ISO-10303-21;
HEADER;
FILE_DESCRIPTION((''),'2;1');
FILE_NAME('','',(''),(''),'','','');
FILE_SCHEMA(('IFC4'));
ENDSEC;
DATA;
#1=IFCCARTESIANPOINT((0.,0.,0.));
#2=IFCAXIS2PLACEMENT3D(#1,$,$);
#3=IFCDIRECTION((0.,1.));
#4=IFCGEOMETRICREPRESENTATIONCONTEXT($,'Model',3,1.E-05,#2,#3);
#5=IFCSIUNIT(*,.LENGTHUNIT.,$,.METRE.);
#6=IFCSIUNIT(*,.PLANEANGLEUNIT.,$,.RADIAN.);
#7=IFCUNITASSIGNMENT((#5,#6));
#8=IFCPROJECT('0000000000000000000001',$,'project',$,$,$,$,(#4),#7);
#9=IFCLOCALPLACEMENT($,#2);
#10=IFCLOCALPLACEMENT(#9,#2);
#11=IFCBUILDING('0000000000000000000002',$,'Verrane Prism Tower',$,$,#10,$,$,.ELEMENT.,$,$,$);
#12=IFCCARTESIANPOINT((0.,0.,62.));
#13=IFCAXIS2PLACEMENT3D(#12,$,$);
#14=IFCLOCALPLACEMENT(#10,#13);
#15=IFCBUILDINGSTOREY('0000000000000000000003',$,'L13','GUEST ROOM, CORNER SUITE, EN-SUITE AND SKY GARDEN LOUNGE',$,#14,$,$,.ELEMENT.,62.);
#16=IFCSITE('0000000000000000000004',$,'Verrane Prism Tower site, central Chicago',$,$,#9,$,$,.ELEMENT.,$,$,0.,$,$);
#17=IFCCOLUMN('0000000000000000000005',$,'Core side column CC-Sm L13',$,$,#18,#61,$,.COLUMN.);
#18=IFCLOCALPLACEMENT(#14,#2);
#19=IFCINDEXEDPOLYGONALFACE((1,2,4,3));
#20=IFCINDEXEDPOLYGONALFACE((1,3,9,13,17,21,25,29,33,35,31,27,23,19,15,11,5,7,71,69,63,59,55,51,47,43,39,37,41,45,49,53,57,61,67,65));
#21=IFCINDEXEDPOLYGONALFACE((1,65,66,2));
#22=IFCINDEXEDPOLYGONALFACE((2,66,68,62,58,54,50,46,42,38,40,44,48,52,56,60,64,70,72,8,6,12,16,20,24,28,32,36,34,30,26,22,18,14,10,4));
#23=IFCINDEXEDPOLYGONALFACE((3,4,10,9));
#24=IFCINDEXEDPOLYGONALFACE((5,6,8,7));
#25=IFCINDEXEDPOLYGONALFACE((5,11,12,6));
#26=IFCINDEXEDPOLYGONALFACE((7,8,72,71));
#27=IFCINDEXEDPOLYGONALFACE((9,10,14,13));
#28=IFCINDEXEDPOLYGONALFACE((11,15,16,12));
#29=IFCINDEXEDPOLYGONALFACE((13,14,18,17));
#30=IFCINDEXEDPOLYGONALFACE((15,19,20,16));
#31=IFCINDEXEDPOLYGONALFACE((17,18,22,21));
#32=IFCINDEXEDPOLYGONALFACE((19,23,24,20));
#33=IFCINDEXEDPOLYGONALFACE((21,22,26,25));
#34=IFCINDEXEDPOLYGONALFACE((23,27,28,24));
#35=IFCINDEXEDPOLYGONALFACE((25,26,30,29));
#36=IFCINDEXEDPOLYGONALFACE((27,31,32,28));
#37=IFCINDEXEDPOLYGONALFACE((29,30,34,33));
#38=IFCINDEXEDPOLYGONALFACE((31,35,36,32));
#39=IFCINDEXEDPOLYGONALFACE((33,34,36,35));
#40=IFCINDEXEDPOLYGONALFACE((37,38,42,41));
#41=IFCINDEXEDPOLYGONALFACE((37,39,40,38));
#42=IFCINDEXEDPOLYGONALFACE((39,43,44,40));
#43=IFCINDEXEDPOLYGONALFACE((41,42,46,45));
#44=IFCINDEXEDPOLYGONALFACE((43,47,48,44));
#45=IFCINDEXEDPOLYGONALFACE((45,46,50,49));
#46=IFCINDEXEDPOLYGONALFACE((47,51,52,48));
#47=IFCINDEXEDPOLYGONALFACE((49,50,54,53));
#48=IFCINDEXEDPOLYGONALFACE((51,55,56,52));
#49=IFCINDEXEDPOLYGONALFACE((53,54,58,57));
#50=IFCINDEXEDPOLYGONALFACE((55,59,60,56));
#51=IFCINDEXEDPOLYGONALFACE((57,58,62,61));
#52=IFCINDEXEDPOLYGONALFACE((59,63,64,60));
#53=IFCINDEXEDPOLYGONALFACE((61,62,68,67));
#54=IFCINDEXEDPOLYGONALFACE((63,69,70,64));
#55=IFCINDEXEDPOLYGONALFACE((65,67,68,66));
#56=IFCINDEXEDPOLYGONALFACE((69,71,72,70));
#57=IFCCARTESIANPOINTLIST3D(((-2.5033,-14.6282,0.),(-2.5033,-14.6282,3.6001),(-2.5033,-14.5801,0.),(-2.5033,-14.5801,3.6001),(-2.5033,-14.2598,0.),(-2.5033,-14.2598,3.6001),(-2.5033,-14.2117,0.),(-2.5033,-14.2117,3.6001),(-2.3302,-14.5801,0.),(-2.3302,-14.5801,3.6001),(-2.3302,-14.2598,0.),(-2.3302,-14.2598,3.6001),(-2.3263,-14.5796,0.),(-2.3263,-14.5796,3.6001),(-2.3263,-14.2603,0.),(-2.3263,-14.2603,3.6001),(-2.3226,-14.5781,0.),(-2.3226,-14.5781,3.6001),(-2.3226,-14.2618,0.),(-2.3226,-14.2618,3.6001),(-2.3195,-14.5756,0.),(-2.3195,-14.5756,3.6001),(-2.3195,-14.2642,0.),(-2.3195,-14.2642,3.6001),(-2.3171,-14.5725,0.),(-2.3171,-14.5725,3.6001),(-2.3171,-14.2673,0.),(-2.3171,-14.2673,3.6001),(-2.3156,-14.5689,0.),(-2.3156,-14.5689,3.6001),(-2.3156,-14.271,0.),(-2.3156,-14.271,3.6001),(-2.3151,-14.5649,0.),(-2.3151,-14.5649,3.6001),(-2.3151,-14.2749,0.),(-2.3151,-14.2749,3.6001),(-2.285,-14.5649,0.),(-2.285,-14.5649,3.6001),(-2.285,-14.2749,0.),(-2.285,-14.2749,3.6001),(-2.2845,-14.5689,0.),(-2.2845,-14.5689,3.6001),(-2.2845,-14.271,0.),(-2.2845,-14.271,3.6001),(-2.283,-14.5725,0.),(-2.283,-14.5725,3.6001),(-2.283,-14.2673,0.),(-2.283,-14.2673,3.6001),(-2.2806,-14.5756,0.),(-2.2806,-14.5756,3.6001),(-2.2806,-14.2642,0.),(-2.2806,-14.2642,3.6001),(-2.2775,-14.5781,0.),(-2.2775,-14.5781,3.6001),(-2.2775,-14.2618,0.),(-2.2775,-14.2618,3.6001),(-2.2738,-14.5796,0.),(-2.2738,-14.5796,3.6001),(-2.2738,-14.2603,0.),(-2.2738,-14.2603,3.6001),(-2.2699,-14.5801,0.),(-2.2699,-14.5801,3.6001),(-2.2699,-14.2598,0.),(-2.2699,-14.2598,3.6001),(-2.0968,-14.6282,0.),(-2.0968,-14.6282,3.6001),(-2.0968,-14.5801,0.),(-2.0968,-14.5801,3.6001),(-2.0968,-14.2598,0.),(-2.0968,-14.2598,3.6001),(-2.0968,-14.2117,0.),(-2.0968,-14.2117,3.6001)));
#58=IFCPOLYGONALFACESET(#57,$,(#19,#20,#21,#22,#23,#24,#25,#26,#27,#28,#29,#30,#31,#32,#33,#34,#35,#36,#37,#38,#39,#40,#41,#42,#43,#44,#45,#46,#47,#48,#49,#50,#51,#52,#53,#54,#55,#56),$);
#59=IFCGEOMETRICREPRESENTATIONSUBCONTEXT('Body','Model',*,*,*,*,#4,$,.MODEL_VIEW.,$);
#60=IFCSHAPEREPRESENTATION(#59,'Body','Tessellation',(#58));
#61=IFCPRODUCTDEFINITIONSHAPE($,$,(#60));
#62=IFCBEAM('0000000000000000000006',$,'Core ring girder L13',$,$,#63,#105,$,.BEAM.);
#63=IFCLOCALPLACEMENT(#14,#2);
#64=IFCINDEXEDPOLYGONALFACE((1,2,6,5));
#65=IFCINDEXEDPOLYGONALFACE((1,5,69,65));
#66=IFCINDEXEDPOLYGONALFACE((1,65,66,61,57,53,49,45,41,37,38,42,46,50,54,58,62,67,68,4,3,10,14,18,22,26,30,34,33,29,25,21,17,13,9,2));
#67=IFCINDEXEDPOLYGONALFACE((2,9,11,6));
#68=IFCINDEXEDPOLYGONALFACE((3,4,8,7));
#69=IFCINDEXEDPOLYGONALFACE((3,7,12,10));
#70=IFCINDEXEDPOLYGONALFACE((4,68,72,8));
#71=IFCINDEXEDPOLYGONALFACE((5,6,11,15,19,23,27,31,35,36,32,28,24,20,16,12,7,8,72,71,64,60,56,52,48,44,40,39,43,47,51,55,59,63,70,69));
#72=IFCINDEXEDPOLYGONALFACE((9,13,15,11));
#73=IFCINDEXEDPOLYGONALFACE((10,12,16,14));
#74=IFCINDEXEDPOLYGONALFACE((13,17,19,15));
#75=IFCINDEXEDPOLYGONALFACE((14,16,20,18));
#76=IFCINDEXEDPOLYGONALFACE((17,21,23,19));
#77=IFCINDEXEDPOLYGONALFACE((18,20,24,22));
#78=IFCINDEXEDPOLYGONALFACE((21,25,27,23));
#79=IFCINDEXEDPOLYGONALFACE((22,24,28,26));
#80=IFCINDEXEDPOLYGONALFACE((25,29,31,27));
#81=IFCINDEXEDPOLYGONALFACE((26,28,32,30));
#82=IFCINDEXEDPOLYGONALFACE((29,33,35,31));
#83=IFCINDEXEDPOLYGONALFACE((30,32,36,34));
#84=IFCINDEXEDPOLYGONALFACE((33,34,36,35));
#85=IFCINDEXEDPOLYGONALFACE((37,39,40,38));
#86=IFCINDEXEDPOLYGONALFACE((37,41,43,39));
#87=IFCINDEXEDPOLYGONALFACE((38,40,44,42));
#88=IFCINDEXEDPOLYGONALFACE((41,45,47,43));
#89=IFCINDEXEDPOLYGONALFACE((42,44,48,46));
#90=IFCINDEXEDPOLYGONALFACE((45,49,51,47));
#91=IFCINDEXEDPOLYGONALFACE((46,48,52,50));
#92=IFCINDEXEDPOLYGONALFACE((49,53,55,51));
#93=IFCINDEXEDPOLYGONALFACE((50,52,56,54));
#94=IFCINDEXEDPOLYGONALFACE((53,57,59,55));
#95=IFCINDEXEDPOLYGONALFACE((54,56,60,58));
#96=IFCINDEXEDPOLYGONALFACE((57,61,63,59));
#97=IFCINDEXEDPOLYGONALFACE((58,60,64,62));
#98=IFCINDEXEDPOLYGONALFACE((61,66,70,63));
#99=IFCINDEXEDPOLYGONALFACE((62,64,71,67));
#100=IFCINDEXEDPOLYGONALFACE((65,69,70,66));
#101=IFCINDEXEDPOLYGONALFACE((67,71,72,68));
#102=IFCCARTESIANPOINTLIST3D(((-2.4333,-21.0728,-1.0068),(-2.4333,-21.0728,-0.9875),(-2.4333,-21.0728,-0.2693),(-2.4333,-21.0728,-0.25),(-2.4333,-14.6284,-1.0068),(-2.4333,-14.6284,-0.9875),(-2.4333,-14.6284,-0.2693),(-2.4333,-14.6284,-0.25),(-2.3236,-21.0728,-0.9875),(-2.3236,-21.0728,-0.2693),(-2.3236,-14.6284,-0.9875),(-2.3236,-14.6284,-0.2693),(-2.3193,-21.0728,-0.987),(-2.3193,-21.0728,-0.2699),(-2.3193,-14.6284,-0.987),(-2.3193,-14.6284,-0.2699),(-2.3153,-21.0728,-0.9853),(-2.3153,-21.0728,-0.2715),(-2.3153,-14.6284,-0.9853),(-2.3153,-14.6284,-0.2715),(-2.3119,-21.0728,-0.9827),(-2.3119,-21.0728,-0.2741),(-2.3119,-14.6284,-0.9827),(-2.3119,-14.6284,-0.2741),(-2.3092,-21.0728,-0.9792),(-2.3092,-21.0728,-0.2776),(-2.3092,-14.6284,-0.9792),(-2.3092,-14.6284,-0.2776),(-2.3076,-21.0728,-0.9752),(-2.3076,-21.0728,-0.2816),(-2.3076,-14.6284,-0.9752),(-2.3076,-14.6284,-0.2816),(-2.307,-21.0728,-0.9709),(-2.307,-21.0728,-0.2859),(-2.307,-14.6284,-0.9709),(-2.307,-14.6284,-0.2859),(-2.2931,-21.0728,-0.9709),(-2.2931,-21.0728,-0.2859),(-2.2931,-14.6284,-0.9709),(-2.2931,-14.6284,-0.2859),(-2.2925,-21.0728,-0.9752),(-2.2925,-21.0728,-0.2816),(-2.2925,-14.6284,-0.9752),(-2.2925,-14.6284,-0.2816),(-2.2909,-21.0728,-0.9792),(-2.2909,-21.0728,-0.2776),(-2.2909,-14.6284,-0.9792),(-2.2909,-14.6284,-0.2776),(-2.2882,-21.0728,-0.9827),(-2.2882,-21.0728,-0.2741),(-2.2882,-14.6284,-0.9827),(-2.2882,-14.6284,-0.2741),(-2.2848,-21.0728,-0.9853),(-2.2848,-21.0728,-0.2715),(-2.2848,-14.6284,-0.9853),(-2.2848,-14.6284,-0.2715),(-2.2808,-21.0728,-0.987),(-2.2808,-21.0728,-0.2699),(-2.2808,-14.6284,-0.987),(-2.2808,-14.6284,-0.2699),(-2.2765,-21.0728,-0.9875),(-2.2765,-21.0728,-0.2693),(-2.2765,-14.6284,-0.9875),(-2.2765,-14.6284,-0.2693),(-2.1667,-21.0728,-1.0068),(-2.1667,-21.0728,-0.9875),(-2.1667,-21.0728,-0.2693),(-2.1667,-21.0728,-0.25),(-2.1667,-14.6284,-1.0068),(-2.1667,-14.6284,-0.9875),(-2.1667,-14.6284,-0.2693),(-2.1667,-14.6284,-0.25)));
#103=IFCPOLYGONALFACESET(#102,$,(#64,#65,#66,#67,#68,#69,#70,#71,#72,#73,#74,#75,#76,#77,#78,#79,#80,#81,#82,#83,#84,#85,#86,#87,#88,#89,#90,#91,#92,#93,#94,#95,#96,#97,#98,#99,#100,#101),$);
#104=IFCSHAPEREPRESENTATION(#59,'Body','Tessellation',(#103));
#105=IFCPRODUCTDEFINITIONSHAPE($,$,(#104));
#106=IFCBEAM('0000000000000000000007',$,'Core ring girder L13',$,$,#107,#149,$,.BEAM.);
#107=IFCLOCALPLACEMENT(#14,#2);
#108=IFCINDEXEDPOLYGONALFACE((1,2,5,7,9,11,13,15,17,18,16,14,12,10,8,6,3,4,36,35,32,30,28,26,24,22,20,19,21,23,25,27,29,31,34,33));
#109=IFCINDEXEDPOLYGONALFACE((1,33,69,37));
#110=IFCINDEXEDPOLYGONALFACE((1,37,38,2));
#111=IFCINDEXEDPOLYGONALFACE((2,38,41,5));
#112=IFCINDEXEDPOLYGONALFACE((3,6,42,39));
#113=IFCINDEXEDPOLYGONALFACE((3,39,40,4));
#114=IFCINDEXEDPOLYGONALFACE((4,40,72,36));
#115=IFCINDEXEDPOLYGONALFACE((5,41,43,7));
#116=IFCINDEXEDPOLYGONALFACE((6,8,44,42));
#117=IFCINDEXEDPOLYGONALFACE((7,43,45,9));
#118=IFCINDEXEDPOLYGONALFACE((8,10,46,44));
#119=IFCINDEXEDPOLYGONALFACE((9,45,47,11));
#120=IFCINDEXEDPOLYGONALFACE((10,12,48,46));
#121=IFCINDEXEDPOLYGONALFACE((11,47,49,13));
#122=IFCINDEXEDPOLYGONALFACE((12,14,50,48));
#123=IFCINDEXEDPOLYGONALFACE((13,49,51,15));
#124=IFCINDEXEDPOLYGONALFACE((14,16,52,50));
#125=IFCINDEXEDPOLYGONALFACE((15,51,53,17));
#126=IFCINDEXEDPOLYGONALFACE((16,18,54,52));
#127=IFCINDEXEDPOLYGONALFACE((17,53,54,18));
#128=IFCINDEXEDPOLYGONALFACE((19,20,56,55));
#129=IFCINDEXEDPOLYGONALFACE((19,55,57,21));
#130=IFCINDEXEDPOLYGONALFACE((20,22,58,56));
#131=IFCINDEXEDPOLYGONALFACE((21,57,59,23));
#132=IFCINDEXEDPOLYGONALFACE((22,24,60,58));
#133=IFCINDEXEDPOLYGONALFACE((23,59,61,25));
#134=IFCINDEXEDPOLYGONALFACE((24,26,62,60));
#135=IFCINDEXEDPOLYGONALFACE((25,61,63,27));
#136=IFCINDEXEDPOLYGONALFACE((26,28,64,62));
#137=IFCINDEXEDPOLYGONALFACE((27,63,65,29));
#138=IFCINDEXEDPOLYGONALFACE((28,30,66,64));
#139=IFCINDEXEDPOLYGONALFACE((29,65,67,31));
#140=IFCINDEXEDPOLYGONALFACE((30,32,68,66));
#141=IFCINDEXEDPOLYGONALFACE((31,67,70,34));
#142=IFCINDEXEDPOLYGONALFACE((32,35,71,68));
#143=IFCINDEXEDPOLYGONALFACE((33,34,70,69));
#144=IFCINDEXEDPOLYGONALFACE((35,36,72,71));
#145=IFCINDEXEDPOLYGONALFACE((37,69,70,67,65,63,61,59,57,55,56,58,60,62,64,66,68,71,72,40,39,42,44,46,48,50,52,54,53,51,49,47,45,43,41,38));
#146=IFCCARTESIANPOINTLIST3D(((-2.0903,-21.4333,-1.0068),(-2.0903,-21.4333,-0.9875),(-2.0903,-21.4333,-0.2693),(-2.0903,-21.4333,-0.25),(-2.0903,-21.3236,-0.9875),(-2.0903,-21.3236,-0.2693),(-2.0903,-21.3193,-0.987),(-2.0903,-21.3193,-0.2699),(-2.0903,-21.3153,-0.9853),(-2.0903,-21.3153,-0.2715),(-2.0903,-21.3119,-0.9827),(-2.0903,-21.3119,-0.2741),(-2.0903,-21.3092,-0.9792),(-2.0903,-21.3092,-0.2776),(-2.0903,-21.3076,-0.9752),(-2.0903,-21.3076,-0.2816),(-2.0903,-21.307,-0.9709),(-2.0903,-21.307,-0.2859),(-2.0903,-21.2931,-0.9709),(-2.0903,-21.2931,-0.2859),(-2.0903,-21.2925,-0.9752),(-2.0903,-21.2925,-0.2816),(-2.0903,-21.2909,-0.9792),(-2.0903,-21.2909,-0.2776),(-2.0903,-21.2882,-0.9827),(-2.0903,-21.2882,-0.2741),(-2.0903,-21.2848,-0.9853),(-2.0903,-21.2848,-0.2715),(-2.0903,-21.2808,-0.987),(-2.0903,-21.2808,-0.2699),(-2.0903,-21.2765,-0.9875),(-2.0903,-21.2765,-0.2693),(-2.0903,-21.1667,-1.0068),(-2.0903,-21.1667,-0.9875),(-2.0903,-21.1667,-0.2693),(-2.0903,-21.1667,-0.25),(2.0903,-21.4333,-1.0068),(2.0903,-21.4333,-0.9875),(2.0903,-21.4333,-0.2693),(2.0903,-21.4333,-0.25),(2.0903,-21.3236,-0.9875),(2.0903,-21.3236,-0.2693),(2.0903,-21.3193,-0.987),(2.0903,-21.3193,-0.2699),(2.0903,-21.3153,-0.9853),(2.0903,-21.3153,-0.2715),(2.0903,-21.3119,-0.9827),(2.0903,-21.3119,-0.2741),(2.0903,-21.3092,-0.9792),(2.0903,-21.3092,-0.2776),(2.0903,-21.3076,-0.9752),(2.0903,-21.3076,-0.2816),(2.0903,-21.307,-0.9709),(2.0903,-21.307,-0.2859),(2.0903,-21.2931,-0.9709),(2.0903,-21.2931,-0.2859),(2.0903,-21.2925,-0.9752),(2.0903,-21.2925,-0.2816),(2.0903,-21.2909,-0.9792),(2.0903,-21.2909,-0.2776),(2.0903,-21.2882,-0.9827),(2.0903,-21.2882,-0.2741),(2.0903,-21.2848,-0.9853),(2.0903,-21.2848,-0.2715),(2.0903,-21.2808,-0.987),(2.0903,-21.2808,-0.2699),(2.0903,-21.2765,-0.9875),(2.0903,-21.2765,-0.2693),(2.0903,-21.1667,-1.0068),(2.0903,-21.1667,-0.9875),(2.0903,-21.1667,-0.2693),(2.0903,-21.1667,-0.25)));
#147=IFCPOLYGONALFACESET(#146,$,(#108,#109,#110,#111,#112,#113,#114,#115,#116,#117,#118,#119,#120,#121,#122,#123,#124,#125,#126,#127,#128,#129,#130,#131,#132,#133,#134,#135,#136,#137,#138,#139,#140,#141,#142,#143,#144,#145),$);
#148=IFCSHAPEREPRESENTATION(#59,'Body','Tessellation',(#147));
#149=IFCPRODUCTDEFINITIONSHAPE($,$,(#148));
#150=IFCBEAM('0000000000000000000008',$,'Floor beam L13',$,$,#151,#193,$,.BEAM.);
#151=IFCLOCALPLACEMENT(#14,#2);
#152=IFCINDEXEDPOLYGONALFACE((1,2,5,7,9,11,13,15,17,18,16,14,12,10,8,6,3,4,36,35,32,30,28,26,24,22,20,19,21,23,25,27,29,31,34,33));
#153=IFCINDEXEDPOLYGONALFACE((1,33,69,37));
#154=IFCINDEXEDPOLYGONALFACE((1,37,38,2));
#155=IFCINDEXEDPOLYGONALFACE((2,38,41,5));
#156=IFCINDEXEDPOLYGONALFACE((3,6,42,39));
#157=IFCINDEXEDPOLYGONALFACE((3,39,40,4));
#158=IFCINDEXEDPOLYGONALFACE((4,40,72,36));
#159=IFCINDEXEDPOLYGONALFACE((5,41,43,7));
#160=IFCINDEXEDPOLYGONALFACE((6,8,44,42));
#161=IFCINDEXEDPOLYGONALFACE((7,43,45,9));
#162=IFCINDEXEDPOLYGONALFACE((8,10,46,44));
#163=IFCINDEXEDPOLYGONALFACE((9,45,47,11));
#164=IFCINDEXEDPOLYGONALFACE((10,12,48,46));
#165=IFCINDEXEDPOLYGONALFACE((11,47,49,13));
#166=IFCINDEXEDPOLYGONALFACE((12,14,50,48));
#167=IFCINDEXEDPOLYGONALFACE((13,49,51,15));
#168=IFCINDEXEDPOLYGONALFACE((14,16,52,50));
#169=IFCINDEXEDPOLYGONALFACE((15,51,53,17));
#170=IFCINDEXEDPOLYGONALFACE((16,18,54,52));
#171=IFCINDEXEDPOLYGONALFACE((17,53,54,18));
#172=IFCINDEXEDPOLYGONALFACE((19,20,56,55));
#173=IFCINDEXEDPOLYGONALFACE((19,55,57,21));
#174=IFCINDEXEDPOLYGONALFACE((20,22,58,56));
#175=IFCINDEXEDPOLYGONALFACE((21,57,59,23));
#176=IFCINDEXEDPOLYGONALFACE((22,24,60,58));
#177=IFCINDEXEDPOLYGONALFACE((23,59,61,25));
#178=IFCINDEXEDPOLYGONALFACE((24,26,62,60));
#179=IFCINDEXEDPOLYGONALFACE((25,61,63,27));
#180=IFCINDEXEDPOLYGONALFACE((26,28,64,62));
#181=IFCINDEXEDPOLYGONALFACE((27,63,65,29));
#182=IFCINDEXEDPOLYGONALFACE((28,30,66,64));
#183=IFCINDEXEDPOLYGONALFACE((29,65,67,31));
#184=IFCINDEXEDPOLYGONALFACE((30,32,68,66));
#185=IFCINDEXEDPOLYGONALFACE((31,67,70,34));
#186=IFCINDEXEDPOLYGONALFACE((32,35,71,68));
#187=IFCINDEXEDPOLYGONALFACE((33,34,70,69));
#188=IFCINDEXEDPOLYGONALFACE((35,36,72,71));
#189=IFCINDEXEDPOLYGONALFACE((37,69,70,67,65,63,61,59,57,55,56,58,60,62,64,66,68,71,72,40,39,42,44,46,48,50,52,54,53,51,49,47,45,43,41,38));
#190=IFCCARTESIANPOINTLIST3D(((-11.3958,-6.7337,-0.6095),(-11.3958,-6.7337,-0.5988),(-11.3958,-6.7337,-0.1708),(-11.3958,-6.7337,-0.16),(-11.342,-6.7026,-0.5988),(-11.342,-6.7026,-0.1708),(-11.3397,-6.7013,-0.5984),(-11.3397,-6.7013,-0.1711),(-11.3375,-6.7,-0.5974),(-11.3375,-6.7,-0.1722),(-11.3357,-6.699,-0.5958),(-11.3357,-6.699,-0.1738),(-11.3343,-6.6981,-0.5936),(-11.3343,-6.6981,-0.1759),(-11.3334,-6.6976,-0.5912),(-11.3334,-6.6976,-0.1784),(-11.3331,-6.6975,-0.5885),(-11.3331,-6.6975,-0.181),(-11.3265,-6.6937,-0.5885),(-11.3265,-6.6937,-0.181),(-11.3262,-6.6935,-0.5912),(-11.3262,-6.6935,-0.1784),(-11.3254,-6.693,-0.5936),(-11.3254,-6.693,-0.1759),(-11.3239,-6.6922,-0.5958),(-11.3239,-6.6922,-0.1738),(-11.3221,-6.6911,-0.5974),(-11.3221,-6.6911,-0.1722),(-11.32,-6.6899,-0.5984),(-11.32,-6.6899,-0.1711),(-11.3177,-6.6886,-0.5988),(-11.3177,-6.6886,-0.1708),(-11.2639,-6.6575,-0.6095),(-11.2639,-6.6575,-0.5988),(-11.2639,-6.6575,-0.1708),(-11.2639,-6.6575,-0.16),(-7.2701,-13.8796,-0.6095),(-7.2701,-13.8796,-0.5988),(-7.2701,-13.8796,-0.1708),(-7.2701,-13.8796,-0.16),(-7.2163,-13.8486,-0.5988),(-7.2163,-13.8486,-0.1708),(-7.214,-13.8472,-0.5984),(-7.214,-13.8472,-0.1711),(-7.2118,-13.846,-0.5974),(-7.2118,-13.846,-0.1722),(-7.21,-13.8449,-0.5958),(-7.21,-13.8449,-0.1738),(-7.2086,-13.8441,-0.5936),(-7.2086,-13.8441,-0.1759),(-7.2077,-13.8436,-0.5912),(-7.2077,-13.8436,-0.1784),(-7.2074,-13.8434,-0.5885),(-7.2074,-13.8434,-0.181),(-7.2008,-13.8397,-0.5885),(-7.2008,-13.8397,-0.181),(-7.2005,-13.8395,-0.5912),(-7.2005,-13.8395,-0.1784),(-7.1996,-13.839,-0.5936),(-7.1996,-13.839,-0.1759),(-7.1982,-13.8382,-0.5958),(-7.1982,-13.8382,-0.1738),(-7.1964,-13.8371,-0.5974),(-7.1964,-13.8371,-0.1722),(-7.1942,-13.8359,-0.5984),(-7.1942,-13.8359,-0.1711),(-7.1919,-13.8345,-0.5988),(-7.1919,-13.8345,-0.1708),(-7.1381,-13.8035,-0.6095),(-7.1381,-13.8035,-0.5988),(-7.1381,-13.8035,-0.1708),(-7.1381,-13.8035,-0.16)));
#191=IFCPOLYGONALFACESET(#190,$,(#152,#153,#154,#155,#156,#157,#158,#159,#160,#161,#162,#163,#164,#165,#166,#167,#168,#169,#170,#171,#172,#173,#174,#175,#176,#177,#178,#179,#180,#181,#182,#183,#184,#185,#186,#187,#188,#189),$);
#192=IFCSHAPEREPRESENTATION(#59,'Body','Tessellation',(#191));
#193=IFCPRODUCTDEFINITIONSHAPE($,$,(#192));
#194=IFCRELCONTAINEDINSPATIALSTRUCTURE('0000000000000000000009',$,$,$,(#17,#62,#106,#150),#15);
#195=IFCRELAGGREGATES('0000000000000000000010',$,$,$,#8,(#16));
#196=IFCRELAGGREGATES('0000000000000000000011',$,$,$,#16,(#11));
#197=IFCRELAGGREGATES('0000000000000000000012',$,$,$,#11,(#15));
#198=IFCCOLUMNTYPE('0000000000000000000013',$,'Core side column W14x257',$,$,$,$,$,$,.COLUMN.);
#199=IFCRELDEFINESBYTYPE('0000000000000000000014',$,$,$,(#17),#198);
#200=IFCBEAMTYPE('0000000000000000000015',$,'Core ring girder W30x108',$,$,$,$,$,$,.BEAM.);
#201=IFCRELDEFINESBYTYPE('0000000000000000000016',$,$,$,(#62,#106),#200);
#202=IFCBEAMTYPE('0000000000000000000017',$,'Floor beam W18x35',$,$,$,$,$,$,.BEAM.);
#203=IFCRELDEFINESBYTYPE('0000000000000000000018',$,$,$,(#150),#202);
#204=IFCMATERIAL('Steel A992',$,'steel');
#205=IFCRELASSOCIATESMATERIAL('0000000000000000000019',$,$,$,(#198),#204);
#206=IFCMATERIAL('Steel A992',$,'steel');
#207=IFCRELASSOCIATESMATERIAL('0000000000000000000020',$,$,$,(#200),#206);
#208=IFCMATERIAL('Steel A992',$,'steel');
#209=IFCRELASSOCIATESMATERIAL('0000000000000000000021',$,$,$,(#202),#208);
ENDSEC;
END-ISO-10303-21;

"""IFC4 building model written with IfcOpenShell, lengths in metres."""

from ifc_helpers import new_model, si_unit, direction, frame, origin, origin_2d, place, context, subcontext, project, spatial, i_section, extrude, material, material_profile, profile_set, type_object, element, save


model = new_model("IFC4")

# Units and contexts
model_context = context("Model", 3, precision=1e-05, world=origin(), true_north=direction((0.0, 1.0)))
body_context = subcontext(model_context, "Body", "Model", "MODEL_VIEW")
ifc_project = project(units=[si_unit("LENGTHUNIT", "METRE"), si_unit("PLANEANGLEUNIT", "RADIAN")], contexts=[model_context])

# Site, building, storey
site_placement = place(None, origin())
site = spatial("IfcSite", under=ifc_project, at=site_placement, Name="Verrane Prism Tower site, central Chicago", CompositionType="ELEMENT", RefElevation=0.0)
building_placement = place(site_placement, origin())
building = spatial("IfcBuilding", under=site, at=building_placement, Name="Verrane Prism Tower", CompositionType="ELEMENT")
storey_placement = place(building_placement, frame((0.0, 0.0, 62.0)))
storey = spatial("IfcBuildingStorey", under=building, at=storey_placement, Name="L13", Description="GUEST ROOM, CORNER SUITE, EN-SUITE AND SKY GARDEN LOUNGE", CompositionType="ELEMENT", Elevation=62.0)

# Column
ifc_material_1 = material(Name="Steel A992", Category="steel")
ifc_material_profile_1 = material_profile(ifc_material_1, i_section(OverallWidth=0.4065, OverallDepth=0.4165, WebThickness=0.03, FlangeThickness=0.0481, FilletRadius=0.0151, at=origin_2d()), Name="W14x257")
ifc_profile_set_1 = profile_set([ifc_material_profile_1], Name="Steel A992")
column_type = type_object("IfcColumnType", Name="Core side column W14x257", PredefinedType="COLUMN", material=ifc_profile_set_1)
column_placement = place(storey_placement, frame((-2.3, -14.4199, 0.0), z_axis=(0.0, 0.0, 1.0), x_axis=(1.0, 0.0, 0.0)))
element("IfcColumn", 1, at=column_placement, inside=storey, type_object=column_type, Name="Core side column CC-Sm L13", PredefinedType="COLUMN", context=body_context, shape_type="SweptSolid", body=[
    extrude(i_section(OverallWidth=0.4065, OverallDepth=0.4165, WebThickness=0.03, FlangeThickness=0.0481, FilletRadius=0.0151, at=origin_2d()), origin(), (0.0, 0.0, 1.0), 3.6001),
])

# Beams
ifc_material_2 = material(Name="Steel A992", Category="steel")
ifc_material_profile_2 = material_profile(ifc_material_2, i_section(OverallWidth=0.2666, OverallDepth=0.7568, WebThickness=0.0139, FlangeThickness=0.0193, FilletRadius=0.0166, at=origin_2d()), Name="W30x108")
ifc_profile_set_2 = profile_set([ifc_material_profile_2], Name="Steel A992")
beam_type_1 = type_object("IfcBeamType", Name="Core ring girder W30x108", PredefinedType="BEAM", material=ifc_profile_set_2)
beam_1_placement = place(storey_placement, frame((-2.3, -14.6284, -0.6284), z_axis=(0.0, -1.0, 0.0), x_axis=(1.0, 0.0, 0.0)))
element("IfcBeam", 2, at=beam_1_placement, inside=storey, type_object=beam_type_1, Name="Core ring girder L13", PredefinedType="BEAM", context=body_context, shape_type="SweptSolid", body=[
    extrude(i_section(OverallWidth=0.2666, OverallDepth=0.7568, WebThickness=0.0139, FlangeThickness=0.0193, FilletRadius=0.0166, at=origin_2d()), origin(), (0.0, 0.0, 1.0), 6.4443),
])
beam_2_placement = place(storey_placement, frame((-2.0903, -21.3, -0.6284), z_axis=(1.0, 0.0, 0.0), x_axis=(0.0, 1.0, 0.0)))
element("IfcBeam", 3, at=beam_2_placement, inside=storey, type_object=beam_type_1, Name="Core ring girder L13", PredefinedType="BEAM", context=body_context, shape_type="SweptSolid", body=[
    extrude(i_section(OverallWidth=0.2666, OverallDepth=0.7568, WebThickness=0.0139, FlangeThickness=0.0193, FilletRadius=0.0166, at=origin_2d()), origin(), (0.0, 0.0, 1.0), 4.1807),
])
ifc_material_3 = material(Name="Steel A992", Category="steel")
ifc_material_profile_3 = material_profile(ifc_material_3, i_section(OverallWidth=0.1523, OverallDepth=0.4495, WebThickness=0.0076, FlangeThickness=0.0107, FilletRadius=0.0103, at=origin_2d()), Name="W18x35")
ifc_profile_set_3 = profile_set([ifc_material_profile_3], Name="Steel A992")
beam_type_2 = type_object("IfcBeamType", Name="Floor beam W18x35", PredefinedType="BEAM", material=ifc_profile_set_3)
beam_3_placement = place(storey_placement, frame((-7.2041, -13.8416, -0.3848), z_axis=(-0.499999, 0.866026, 0.0), x_axis=(-0.866026, -0.499999, 0.0)))
element("IfcBeam", 4, at=beam_3_placement, inside=storey, type_object=beam_type_2, Name="Floor beam L13", PredefinedType="BEAM", context=body_context, shape_type="SweptSolid", body=[
    extrude(i_section(OverallWidth=0.1523, OverallDepth=0.4495, WebThickness=0.0076, FlangeThickness=0.0107, FilletRadius=0.0103, at=origin_2d()), origin(), (0.0, 0.0, 1.0), 8.2515),
])

save(model, "model.ifc")
